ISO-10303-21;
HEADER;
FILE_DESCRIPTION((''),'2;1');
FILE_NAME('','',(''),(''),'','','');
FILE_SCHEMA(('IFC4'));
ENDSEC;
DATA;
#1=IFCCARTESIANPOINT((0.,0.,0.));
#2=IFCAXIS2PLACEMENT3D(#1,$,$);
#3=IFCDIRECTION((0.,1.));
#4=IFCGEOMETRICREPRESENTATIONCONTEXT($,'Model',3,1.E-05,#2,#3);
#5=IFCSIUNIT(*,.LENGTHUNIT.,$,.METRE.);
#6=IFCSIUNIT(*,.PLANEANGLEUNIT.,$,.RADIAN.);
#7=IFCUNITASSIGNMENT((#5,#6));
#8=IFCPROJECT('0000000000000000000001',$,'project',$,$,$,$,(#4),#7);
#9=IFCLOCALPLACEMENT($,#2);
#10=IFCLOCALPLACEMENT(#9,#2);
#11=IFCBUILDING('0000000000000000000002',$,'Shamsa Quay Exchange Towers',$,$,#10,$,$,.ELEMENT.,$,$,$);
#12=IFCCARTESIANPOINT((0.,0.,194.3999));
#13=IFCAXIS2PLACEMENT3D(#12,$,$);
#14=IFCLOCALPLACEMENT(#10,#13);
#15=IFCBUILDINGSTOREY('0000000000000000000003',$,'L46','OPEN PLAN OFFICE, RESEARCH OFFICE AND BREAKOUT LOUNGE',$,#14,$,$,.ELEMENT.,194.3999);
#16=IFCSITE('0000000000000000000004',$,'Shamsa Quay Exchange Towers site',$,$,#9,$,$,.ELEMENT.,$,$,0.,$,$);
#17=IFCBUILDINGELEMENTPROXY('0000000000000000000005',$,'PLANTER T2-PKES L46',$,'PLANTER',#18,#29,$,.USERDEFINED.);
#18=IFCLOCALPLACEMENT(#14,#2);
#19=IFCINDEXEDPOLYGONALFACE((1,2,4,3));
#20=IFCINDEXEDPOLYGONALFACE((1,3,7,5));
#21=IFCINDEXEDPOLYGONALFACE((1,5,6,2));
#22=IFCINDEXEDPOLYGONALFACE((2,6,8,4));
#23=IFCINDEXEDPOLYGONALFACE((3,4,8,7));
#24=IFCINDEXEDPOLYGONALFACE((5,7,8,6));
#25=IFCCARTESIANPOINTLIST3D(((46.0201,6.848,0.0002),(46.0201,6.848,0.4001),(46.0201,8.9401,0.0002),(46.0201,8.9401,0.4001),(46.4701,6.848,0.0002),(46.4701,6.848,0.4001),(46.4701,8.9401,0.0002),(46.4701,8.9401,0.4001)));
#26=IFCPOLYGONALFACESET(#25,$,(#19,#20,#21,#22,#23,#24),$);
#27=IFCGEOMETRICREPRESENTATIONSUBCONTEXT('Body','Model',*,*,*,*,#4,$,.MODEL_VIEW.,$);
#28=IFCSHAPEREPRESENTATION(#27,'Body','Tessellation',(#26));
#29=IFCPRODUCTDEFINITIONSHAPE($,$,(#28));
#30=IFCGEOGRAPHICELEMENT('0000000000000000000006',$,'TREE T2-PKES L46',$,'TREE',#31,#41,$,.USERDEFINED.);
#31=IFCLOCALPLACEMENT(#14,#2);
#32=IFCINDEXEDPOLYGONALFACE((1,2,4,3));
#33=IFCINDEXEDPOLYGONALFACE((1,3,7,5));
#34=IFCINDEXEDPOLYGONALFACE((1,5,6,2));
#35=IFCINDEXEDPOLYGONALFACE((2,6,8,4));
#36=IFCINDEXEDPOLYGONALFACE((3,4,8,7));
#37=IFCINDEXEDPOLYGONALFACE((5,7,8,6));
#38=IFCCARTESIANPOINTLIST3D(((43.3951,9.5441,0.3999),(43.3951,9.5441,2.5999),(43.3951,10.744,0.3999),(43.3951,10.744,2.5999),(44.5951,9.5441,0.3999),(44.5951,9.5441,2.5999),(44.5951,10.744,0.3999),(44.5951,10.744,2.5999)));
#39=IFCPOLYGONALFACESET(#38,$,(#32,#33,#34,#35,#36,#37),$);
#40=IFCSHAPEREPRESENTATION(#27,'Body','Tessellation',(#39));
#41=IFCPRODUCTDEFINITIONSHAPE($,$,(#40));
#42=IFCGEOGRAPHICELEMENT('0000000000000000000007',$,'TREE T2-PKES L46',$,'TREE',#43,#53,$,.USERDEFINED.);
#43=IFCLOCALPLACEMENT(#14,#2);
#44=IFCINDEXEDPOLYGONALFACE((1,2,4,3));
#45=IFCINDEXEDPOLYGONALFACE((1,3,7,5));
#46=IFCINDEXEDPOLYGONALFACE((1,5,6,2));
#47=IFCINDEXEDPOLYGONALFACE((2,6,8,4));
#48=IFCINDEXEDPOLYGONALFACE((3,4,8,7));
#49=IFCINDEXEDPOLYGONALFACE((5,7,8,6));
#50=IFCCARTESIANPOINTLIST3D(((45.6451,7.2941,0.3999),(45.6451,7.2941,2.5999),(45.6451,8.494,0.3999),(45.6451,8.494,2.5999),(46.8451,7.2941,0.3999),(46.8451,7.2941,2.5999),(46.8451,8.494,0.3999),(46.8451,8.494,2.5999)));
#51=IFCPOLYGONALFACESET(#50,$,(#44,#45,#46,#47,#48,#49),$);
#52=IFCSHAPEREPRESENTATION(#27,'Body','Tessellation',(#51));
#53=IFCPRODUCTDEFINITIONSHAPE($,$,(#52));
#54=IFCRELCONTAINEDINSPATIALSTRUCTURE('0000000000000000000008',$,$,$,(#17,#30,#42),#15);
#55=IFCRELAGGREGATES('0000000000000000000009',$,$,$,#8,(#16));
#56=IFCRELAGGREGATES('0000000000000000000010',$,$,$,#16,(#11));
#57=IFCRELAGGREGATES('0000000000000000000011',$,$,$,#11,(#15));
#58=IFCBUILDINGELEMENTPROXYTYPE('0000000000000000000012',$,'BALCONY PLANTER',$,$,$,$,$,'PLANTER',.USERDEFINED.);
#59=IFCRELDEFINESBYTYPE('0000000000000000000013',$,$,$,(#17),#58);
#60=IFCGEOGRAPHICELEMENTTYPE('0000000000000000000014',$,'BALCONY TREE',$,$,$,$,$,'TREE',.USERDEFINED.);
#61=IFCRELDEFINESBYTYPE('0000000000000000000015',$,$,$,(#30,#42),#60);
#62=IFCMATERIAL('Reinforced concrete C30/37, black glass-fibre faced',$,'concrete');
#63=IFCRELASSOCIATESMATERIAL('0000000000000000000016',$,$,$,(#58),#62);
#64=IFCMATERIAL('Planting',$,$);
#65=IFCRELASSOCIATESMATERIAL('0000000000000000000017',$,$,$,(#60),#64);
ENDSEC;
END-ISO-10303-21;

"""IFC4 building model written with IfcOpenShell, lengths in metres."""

from ifc_helpers import new_model, si_unit, direction, frame, origin, origin_2d, place, context, subcontext, project, spatial, rectangle, extrude, material, type_object, element, save


model = new_model("IFC4")

# Units and contexts
model_context = context("Model", 3, precision=1e-05, world=origin(), true_north=direction((0.0, 1.0)))
body_context = subcontext(model_context, "Body", "Model", "MODEL_VIEW")
ifc_project = project(units=[si_unit("LENGTHUNIT", "METRE"), si_unit("PLANEANGLEUNIT", "RADIAN")], contexts=[model_context])

# Site, building, storey
site_placement = place(None, origin())
site = spatial("IfcSite", under=ifc_project, at=site_placement, Name="Shamsa Quay Exchange Towers site", CompositionType="ELEMENT", RefElevation=0.0)
building_placement = place(site_placement, origin())
building = spatial("IfcBuilding", under=site, at=building_placement, Name="Shamsa Quay Exchange Towers", CompositionType="ELEMENT")
storey_placement = place(building_placement, frame((0.0, 0.0, 194.3999)))
storey = spatial("IfcBuildingStorey", under=building, at=storey_placement, Name="L46", Description="OPEN PLAN OFFICE, RESEARCH OFFICE AND BREAKOUT LOUNGE", CompositionType="ELEMENT", Elevation=194.3999)

# Building element proxy
ifc_material_1 = material(Name="Reinforced concrete C30/37, black glass-fibre faced", Category="concrete")
building_element_proxy_type = type_object("IfcBuildingElementProxyType", Name="BALCONY PLANTER", ElementType="PLANTER", PredefinedType="USERDEFINED", material=ifc_material_1)
for number, where, z_axis, x_axis, name in (
    (1, (46.2451, 7.894, 0.0002), (0.0, 0.0, 1.0), (0.0, 1.0, 0.0), "PLANTER T2-PKES L46"),
):
    element("IfcBuildingElementProxy", number, at=place(storey_placement, frame(where, z_axis=z_axis, x_axis=x_axis)), inside=storey, type_object=building_element_proxy_type, Name=name, ObjectType="PLANTER", PredefinedType="USERDEFINED", context=body_context, shape_type="SweptSolid", body=[
        extrude(rectangle(XDim=2.092, YDim=0.45, at=origin_2d()), origin(), (0.0, 0.0, 1.0), 0.3999),
    ])

# Geographic elements
ifc_material_2 = material(Name="Planting")
geographic_element_type = type_object("IfcGeographicElementType", Name="BALCONY TREE", ElementType="TREE", PredefinedType="USERDEFINED", material=ifc_material_2)
for number, where, z_axis, x_axis, name in (
    (2, (43.9951, 10.144, 0.3999), (0.0, 0.0, 1.0), (0.0, 1.0, 0.0), "TREE T2-PKES L46"),
    (3, (46.2451, 7.894, 0.3999), (0.0, 0.0, 1.0), (0.0, 1.0, 0.0), "TREE T2-PKES L46"),
):
    element("IfcGeographicElement", number, at=place(storey_placement, frame(where, z_axis=z_axis, x_axis=x_axis)), inside=storey, type_object=geographic_element_type, Name=name, ObjectType="TREE", PredefinedType="USERDEFINED", context=body_context, shape_type="SweptSolid", body=[
        extrude(rectangle(XDim=1.2, YDim=1.2, at=origin_2d()), origin(), (0.0, 0.0, 1.0), 2.2),
    ])

save(model, "model.ifc")
